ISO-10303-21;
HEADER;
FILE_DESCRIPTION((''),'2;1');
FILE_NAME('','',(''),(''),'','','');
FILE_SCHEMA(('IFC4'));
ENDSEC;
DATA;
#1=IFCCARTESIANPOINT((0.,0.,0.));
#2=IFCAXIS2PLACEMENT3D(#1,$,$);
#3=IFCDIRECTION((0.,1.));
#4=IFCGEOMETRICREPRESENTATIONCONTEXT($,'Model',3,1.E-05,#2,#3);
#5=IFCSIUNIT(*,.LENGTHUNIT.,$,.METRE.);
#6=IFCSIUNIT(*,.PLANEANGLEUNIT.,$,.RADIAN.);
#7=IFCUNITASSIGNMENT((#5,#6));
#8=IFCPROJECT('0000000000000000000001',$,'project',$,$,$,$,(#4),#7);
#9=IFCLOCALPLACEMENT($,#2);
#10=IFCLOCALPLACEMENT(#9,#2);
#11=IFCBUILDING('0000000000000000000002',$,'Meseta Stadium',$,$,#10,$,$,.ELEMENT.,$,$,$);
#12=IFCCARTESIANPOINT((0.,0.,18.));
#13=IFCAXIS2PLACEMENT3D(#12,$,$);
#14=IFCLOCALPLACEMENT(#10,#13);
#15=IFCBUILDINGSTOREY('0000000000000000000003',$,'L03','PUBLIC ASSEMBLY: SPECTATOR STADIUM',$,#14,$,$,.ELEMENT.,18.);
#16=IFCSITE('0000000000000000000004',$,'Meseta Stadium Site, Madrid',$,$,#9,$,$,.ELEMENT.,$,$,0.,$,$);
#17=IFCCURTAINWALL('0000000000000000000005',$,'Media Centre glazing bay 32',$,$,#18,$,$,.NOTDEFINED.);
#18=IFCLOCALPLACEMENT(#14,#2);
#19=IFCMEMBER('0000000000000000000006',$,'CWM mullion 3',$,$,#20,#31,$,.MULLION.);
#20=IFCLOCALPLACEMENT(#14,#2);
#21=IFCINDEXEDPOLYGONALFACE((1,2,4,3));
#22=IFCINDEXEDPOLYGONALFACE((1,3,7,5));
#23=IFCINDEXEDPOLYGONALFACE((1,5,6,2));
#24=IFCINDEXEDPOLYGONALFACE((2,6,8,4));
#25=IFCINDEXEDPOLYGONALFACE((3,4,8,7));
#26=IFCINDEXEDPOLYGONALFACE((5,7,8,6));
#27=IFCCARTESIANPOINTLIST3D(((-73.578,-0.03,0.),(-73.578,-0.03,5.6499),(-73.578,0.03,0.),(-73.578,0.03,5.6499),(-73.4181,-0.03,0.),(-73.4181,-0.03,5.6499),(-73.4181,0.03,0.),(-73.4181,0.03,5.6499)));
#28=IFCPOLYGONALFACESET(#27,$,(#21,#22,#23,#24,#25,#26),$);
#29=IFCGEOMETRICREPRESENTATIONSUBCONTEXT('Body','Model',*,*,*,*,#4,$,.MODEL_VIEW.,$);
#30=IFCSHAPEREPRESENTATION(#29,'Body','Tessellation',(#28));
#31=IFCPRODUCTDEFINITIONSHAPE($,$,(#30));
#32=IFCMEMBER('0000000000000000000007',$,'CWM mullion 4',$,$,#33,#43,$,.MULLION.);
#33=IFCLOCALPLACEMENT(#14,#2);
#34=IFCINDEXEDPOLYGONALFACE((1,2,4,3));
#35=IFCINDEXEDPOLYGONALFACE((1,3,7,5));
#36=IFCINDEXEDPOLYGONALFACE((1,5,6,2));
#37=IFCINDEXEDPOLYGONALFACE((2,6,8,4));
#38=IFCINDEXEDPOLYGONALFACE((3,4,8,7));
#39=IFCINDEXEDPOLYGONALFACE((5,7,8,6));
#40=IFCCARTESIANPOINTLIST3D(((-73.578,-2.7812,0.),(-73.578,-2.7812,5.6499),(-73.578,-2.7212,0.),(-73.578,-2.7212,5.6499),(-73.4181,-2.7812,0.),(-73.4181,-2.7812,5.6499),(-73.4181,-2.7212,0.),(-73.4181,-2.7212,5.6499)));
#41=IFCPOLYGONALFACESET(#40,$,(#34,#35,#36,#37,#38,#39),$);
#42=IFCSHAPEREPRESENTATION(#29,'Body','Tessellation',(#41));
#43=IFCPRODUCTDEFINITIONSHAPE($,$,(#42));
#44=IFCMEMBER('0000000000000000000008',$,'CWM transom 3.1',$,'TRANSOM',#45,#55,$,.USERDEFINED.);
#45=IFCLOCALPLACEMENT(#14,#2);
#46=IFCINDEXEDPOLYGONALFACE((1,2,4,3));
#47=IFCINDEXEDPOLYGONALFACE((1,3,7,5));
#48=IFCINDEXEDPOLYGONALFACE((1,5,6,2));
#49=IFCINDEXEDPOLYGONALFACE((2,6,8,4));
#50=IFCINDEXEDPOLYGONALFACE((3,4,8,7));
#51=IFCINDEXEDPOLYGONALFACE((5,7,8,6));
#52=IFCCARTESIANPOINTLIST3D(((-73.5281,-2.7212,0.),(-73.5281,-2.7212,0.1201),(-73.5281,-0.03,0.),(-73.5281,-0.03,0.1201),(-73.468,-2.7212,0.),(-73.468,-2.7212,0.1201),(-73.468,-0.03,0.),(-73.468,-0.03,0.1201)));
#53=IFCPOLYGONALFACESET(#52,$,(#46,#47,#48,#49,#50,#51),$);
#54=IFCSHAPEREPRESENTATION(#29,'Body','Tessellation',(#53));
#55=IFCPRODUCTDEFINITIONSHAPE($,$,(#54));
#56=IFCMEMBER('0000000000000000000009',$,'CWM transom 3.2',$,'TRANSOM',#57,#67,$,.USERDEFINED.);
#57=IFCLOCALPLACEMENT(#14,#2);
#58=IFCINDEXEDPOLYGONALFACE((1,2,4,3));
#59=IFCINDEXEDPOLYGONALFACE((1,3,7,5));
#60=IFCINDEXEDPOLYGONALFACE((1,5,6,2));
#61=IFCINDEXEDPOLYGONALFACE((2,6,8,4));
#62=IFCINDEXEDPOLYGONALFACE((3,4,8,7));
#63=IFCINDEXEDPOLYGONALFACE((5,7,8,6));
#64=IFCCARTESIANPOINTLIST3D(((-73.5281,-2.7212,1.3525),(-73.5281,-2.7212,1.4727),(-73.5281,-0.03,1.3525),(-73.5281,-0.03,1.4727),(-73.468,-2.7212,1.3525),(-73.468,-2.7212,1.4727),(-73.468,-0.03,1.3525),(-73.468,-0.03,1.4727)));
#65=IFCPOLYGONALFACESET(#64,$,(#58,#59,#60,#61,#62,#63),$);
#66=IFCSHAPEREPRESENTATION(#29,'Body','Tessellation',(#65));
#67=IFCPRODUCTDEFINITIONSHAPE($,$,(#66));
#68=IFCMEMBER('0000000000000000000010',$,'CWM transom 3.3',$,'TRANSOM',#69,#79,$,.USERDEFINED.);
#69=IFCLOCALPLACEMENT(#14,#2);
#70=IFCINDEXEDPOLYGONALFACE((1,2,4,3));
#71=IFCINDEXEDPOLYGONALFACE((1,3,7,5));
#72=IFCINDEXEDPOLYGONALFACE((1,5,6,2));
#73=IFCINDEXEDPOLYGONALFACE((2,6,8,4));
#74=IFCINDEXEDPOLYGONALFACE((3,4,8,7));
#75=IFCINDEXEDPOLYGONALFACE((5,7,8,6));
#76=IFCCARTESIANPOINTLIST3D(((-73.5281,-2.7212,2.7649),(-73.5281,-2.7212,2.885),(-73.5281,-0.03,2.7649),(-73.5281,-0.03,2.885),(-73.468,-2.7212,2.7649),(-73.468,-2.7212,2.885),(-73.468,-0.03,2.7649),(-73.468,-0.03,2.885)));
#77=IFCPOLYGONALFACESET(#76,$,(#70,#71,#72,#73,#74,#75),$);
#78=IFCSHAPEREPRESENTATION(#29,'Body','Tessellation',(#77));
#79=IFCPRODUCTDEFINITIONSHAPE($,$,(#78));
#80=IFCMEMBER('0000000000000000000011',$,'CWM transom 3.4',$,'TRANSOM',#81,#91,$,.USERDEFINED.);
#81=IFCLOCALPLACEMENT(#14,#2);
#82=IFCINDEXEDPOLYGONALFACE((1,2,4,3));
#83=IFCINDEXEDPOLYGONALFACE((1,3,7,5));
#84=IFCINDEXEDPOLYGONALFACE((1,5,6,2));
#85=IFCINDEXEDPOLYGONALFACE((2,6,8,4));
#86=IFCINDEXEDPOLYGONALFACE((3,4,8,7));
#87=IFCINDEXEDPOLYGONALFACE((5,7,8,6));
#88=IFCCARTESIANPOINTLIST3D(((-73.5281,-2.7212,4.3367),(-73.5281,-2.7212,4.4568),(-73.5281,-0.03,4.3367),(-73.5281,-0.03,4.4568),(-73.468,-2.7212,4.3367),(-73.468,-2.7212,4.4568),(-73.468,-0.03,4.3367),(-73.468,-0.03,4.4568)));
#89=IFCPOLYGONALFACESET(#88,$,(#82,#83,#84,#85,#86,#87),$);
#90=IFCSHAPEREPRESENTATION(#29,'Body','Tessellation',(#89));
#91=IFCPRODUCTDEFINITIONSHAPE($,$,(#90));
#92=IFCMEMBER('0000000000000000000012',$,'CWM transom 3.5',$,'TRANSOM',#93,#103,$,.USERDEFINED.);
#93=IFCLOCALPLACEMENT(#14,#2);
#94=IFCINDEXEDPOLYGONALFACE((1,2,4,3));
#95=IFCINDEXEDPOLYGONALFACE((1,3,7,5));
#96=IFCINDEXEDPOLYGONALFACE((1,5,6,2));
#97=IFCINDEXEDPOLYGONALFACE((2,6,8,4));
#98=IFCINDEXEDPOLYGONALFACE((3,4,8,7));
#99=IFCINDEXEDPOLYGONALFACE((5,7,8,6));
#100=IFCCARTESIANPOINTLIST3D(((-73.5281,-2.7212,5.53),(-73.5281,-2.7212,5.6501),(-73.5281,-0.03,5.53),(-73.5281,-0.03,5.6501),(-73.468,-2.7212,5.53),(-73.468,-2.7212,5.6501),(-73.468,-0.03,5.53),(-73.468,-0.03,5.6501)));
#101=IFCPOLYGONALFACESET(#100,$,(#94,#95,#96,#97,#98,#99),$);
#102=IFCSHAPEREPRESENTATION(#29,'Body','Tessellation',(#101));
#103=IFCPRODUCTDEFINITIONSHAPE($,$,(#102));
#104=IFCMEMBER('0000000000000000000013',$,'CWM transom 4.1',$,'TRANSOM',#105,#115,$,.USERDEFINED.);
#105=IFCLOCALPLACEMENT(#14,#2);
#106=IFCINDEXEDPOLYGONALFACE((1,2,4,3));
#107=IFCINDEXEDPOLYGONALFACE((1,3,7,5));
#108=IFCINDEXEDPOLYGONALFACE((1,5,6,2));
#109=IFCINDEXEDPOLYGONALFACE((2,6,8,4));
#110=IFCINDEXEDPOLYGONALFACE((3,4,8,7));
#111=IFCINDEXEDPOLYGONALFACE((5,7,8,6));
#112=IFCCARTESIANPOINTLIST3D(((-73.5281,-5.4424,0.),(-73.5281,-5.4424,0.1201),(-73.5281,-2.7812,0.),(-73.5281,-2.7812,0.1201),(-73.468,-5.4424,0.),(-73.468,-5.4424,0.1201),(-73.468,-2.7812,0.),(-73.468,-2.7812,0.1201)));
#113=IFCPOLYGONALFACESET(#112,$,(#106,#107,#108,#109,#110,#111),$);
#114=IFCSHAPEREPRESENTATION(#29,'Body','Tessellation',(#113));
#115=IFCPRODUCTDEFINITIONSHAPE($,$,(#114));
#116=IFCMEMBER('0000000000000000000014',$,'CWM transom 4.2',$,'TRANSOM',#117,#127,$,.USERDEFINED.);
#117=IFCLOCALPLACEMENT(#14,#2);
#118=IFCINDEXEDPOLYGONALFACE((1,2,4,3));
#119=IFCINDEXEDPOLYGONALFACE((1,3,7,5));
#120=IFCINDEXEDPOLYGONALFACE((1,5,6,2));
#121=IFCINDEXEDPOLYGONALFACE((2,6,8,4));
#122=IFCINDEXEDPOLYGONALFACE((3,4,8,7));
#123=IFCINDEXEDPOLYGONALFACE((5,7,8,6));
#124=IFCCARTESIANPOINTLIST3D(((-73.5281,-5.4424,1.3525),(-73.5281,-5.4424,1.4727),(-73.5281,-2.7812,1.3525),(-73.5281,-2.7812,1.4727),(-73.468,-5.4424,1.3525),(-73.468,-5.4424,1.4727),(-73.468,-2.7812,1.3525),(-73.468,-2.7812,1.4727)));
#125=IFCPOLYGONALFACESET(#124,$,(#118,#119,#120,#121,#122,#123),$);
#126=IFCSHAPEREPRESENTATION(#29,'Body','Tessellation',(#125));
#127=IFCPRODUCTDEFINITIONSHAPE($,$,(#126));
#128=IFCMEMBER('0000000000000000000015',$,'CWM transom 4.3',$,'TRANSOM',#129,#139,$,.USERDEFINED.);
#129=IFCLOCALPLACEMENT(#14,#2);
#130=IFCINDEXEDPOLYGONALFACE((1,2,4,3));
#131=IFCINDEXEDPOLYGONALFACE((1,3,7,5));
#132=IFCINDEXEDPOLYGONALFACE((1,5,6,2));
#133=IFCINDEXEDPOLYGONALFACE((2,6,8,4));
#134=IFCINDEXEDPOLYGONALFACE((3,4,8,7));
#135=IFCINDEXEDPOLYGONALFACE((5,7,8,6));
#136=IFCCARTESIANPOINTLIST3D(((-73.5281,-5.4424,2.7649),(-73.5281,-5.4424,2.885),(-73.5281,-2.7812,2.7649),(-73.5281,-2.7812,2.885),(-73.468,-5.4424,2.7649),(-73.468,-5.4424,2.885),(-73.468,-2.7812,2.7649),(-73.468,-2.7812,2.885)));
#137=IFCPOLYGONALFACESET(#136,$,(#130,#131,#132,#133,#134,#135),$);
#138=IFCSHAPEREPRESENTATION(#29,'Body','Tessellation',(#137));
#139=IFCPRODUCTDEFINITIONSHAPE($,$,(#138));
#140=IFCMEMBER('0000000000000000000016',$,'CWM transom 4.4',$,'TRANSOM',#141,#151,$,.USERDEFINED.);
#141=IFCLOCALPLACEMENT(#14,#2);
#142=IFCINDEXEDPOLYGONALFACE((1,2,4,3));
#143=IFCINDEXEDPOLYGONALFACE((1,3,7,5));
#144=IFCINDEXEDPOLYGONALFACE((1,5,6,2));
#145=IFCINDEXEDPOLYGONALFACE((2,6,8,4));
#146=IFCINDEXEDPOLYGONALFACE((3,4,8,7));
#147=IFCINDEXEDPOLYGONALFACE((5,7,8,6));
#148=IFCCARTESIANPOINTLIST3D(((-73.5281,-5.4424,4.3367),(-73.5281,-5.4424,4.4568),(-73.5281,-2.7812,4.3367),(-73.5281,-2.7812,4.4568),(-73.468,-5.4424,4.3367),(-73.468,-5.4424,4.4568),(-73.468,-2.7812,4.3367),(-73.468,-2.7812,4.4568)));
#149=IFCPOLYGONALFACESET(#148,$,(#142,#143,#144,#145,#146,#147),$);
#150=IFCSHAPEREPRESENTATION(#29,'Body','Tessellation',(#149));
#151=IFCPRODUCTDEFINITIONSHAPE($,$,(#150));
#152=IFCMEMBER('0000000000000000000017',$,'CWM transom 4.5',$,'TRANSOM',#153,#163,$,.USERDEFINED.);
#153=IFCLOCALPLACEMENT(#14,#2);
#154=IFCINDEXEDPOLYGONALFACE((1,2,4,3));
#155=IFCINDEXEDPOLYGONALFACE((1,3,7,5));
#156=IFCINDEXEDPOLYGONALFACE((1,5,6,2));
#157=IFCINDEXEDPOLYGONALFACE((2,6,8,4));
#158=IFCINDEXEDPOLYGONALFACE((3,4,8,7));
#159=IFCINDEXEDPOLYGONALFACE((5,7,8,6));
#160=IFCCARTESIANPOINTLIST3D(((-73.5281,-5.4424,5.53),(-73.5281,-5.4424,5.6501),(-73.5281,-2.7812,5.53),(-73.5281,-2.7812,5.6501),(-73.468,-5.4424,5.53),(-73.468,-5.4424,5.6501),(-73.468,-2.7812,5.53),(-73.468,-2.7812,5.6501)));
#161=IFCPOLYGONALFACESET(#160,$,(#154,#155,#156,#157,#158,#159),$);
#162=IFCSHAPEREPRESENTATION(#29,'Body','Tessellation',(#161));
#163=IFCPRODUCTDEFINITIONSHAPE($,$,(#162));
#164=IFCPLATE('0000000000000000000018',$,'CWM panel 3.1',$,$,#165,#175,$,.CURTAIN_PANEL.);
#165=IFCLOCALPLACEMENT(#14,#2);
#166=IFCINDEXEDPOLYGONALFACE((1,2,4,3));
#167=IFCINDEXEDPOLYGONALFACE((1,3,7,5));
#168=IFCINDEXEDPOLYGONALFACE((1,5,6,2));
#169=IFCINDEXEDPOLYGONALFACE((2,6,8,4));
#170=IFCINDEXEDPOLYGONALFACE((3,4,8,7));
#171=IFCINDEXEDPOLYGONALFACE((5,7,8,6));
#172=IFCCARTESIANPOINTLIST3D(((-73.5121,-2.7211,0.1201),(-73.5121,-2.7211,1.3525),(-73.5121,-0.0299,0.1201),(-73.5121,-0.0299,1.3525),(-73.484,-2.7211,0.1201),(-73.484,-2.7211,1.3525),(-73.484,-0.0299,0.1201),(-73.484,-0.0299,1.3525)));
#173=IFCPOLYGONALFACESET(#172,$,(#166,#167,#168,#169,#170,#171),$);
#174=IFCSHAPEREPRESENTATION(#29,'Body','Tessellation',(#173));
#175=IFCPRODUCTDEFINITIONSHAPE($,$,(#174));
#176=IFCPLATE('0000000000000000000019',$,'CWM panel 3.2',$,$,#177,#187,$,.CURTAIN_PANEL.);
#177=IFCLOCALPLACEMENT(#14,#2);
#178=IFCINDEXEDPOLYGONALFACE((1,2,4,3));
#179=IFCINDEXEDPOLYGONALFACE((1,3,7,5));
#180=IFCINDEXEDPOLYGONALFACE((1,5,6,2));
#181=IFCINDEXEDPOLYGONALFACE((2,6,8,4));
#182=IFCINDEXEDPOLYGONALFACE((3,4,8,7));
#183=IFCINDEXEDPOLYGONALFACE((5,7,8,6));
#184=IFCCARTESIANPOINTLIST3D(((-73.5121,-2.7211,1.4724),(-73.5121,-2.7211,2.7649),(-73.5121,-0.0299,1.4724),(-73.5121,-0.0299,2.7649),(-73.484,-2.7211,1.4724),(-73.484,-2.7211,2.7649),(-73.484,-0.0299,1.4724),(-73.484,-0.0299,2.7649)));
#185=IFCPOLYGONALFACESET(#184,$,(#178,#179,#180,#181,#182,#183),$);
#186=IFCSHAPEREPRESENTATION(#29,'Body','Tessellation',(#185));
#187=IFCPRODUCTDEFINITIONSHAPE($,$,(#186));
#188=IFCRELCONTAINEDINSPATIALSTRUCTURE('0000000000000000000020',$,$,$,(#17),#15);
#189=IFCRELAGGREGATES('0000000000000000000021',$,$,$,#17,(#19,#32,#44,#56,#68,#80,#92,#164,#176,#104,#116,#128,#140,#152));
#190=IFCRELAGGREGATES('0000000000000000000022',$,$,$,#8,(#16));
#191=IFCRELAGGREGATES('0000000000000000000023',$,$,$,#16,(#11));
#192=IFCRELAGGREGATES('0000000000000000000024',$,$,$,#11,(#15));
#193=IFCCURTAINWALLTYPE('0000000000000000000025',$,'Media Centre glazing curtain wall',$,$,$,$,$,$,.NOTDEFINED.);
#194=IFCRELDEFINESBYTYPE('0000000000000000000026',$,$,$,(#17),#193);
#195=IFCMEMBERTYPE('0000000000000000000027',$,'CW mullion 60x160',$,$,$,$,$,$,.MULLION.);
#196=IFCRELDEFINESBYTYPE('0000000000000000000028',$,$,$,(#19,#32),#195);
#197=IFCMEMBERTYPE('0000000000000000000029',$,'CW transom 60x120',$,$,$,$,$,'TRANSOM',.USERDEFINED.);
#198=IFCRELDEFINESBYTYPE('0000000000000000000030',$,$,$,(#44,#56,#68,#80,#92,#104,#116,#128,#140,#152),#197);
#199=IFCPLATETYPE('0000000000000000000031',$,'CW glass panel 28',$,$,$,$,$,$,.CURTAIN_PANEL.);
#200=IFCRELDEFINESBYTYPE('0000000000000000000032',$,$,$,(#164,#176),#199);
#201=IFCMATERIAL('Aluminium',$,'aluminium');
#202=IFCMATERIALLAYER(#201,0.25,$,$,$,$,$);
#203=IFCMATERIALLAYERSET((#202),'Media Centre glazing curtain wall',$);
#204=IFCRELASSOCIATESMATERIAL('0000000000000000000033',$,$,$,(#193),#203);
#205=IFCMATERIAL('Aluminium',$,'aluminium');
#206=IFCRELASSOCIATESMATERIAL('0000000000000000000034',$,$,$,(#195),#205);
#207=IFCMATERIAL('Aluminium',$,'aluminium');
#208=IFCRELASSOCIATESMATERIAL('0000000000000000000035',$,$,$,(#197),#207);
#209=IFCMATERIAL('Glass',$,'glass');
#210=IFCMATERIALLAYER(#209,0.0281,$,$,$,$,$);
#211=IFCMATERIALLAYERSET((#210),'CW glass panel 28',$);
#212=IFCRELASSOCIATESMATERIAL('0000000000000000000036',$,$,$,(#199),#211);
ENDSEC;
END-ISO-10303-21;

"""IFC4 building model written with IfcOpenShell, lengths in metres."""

from ifc_helpers import new_model, si_unit, direction, frame, origin, origin_2d, place, context, subcontext, project, spatial, rectangle, extrude, material, layer, layer_set, material_profile, profile_set, type_object, element, aggregate, save


model = new_model("IFC4")

# Units and contexts
model_context = context("Model", 3, precision=1e-05, world=origin(), true_north=direction((0.0, 1.0)))
body_context = subcontext(model_context, "Body", "Model", "MODEL_VIEW")
ifc_project = project(units=[si_unit("LENGTHUNIT", "METRE"), si_unit("PLANEANGLEUNIT", "RADIAN")], contexts=[model_context])

# Site, building, storey
site_placement = place(None, origin())
site = spatial("IfcSite", under=ifc_project, at=site_placement, Name="Meseta Stadium Site, Madrid", CompositionType="ELEMENT", RefElevation=0.0)
building_placement = place(site_placement, origin())
building = spatial("IfcBuilding", under=site, at=building_placement, Name="Meseta Stadium", CompositionType="ELEMENT")
storey_placement = place(building_placement, frame((0.0, 0.0, 18.0)))
storey = spatial("IfcBuildingStorey", under=building, at=storey_placement, Name="L03", Description="PUBLIC ASSEMBLY: SPECTATOR STADIUM", CompositionType="ELEMENT", Elevation=18.0)

# Curtain wall, members, plates
ifc_material_1 = material(Name="Aluminium", Category="aluminium")
ifc_layer_1 = layer(ifc_material_1, 0.25)
ifc_layer_set_1 = layer_set([ifc_layer_1], Name="Media Centre glazing curtain wall")
curtain_wall_type = type_object("IfcCurtainWallType", Name="Media Centre glazing curtain wall", PredefinedType="NOTDEFINED", material=ifc_layer_set_1)
curtain_wall_placement = place(storey_placement, origin())
curtain_wall = element("IfcCurtainWall", 1, at=curtain_wall_placement, inside=storey, type_object=curtain_wall_type, Name="Media Centre glazing bay 32", PredefinedType="NOTDEFINED")
ifc_material_2 = material(Name="Aluminium", Category="aluminium")
ifc_material_profile_1 = material_profile(ifc_material_2, rectangle(XDim=0.1599, YDim=0.0601, at=origin_2d()), Name="CW 160x60")
ifc_profile_set_1 = profile_set([ifc_material_profile_1], Name="Aluminium")
member_type_1 = type_object("IfcMemberType", Name="CW mullion 60x160", PredefinedType="MULLION", material=ifc_profile_set_1)
member_1_placement = place(storey_placement, frame((-73.498, 0.0, 0.0), z_axis=(0.0, 0.0, 1.0), x_axis=(1.0, 0.0, 0.0)))
member_1 = element("IfcMember", 2, at=member_1_placement, type_object=member_type_1, Name="CWM mullion 3", PredefinedType="MULLION", context=body_context, shape_type="SweptSolid", body=[
    extrude(rectangle(XDim=0.1599, YDim=0.0601, at=origin_2d()), origin(), (0.0, 0.0, 1.0), 5.6499),
])
member_2_placement = place(storey_placement, frame((-73.498, -2.7512, 0.0), z_axis=(0.0, 0.0, 1.0), x_axis=(1.0, 0.0, 0.0)))
member_2 = element("IfcMember", 3, at=member_2_placement, type_object=member_type_1, Name="CWM mullion 4", PredefinedType="MULLION", context=body_context, shape_type="SweptSolid", body=[
    extrude(rectangle(XDim=0.1599, YDim=0.0601, at=origin_2d()), origin(), (0.0, 0.0, 1.0), 5.6499),
])
ifc_material_3 = material(Name="Aluminium", Category="aluminium")
ifc_material_profile_2 = material_profile(ifc_material_3, rectangle(XDim=0.0601, YDim=0.1201, at=origin_2d()), Name="CW 60x120")
ifc_profile_set_2 = profile_set([ifc_material_profile_2], Name="Aluminium")
member_type_2 = type_object("IfcMemberType", Name="CW transom 60x120", ElementType="TRANSOM", PredefinedType="USERDEFINED", material=ifc_profile_set_2)
member_3_placement = place(storey_placement, frame((-73.498, -0.03, 0.0601), z_axis=(0.0, -1.0, 0.0), x_axis=(1.0, 0.0, 0.0)))
member_3 = element("IfcMember", 4, at=member_3_placement, type_object=member_type_2, Name="CWM transom 3.1", ObjectType="TRANSOM", PredefinedType="USERDEFINED", context=body_context, shape_type="SweptSolid", body=[
    extrude(rectangle(XDim=0.0601, YDim=0.1201, at=origin_2d()), origin(), (0.0, 0.0, 1.0), 2.6912),
])
member_4_placement = place(storey_placement, frame((-73.498, -0.03, 1.4126), z_axis=(0.0, -1.0, 0.0), x_axis=(1.0, 0.0, 0.0)))
member_4 = element("IfcMember", 5, at=member_4_placement, type_object=member_type_2, Name="CWM transom 3.2", ObjectType="TRANSOM", PredefinedType="USERDEFINED", context=body_context, shape_type="SweptSolid", body=[
    extrude(rectangle(XDim=0.0601, YDim=0.1201, at=origin_2d()), origin(), (0.0, 0.0, 1.0), 2.6912),
])
member_5_placement = place(storey_placement, frame((-73.498, -0.03, 2.825), z_axis=(0.0, -1.0, 0.0), x_axis=(1.0, 0.0, 0.0)))
member_5 = element("IfcMember", 6, at=member_5_placement, type_object=member_type_2, Name="CWM transom 3.3", ObjectType="TRANSOM", PredefinedType="USERDEFINED", context=body_context, shape_type="SweptSolid", body=[
    extrude(rectangle(XDim=0.0601, YDim=0.1201, at=origin_2d()), origin(), (0.0, 0.0, 1.0), 2.6912),
])
member_6_placement = place(storey_placement, frame((-73.498, -0.03, 4.3967), z_axis=(0.0, -1.0, 0.0), x_axis=(1.0, 0.0, 0.0)))
member_6 = element("IfcMember", 7, at=member_6_placement, type_object=member_type_2, Name="CWM transom 3.4", ObjectType="TRANSOM", PredefinedType="USERDEFINED", context=body_context, shape_type="SweptSolid", body=[
    extrude(rectangle(XDim=0.0601, YDim=0.1201, at=origin_2d()), origin(), (0.0, 0.0, 1.0), 2.6912),
])
member_7_placement = place(storey_placement, frame((-73.498, -0.03, 5.5901), z_axis=(0.0, -1.0, 0.0), x_axis=(1.0, 0.0, 0.0)))
member_7 = element("IfcMember", 8, at=member_7_placement, type_object=member_type_2, Name="CWM transom 3.5", ObjectType="TRANSOM", PredefinedType="USERDEFINED", context=body_context, shape_type="SweptSolid", body=[
    extrude(rectangle(XDim=0.0601, YDim=0.1201, at=origin_2d()), origin(), (0.0, 0.0, 1.0), 2.6912),
])
member_8_placement = place(storey_placement, frame((-73.498, -2.7812, 0.0601), z_axis=(0.0, -1.0, 0.0), x_axis=(1.0, 0.0, 0.0)))
member_8 = element("IfcMember", 9, at=member_8_placement, type_object=member_type_2, Name="CWM transom 4.1", ObjectType="TRANSOM", PredefinedType="USERDEFINED", context=body_context, shape_type="SweptSolid", body=[
    extrude(rectangle(XDim=0.0601, YDim=0.1201, at=origin_2d()), origin(), (0.0, 0.0, 1.0), 2.6611),
])
member_9_placement = place(storey_placement, frame((-73.498, -2.7812, 1.4126), z_axis=(0.0, -1.0, 0.0), x_axis=(1.0, 0.0, 0.0)))
member_9 = element("IfcMember", 10, at=member_9_placement, type_object=member_type_2, Name="CWM transom 4.2", ObjectType="TRANSOM", PredefinedType="USERDEFINED", context=body_context, shape_type="SweptSolid", body=[
    extrude(rectangle(XDim=0.0601, YDim=0.1201, at=origin_2d()), origin(), (0.0, 0.0, 1.0), 2.6611),
])
member_10_placement = place(storey_placement, frame((-73.498, -2.7812, 2.825), z_axis=(0.0, -1.0, 0.0), x_axis=(1.0, 0.0, 0.0)))
member_10 = element("IfcMember", 11, at=member_10_placement, type_object=member_type_2, Name="CWM transom 4.3", ObjectType="TRANSOM", PredefinedType="USERDEFINED", context=body_context, shape_type="SweptSolid", body=[
    extrude(rectangle(XDim=0.0601, YDim=0.1201, at=origin_2d()), origin(), (0.0, 0.0, 1.0), 2.6611),
])
member_11_placement = place(storey_placement, frame((-73.498, -2.7812, 4.3967), z_axis=(0.0, -1.0, 0.0), x_axis=(1.0, 0.0, 0.0)))
member_11 = element("IfcMember", 12, at=member_11_placement, type_object=member_type_2, Name="CWM transom 4.4", ObjectType="TRANSOM", PredefinedType="USERDEFINED", context=body_context, shape_type="SweptSolid", body=[
    extrude(rectangle(XDim=0.0601, YDim=0.1201, at=origin_2d()), origin(), (0.0, 0.0, 1.0), 2.6611),
])
member_12_placement = place(storey_placement, frame((-73.498, -2.7812, 5.5901), z_axis=(0.0, -1.0, 0.0), x_axis=(1.0, 0.0, 0.0)))
member_12 = element("IfcMember", 13, at=member_12_placement, type_object=member_type_2, Name="CWM transom 4.5", ObjectType="TRANSOM", PredefinedType="USERDEFINED", context=body_context, shape_type="SweptSolid", body=[
    extrude(rectangle(XDim=0.0601, YDim=0.1201, at=origin_2d()), origin(), (0.0, 0.0, 1.0), 2.6611),
])
ifc_material_4 = material(Name="Glass", Category="glass")
ifc_layer_2 = layer(ifc_material_4, 0.0281)
ifc_layer_set_2 = layer_set([ifc_layer_2], Name="CW glass panel 28")
plate_type = type_object("IfcPlateType", Name="CW glass panel 28", PredefinedType="CURTAIN_PANEL", material=ifc_layer_set_2)
plate_1_placement = place(storey_placement, frame((-73.498, -1.3755, 0.1201), z_axis=(0.0, 0.0, 1.0), x_axis=(0.0, -1.0, 0.0)))
plate_1 = element("IfcPlate", 14, at=plate_1_placement, type_object=plate_type, Name="CWM panel 3.1", PredefinedType="CURTAIN_PANEL", context=body_context, shape_type="SweptSolid", body=[
    extrude(rectangle(XDim=2.6912, YDim=0.0281, at=origin_2d()), origin(), (0.0, 0.0, 1.0), 1.2324),
])
plate_2_placement = place(storey_placement, frame((-73.498, -1.3755, 1.4724), z_axis=(0.0, 0.0, 1.0), x_axis=(0.0, -1.0, 0.0)))
plate_2 = element("IfcPlate", 15, at=plate_2_placement, type_object=plate_type, Name="CWM panel 3.2", PredefinedType="CURTAIN_PANEL", context=body_context, shape_type="SweptSolid", body=[
    extrude(rectangle(XDim=2.6912, YDim=0.0281, at=origin_2d()), origin(), (0.0, 0.0, 1.0), 1.2925),
])
aggregate(curtain_wall, [member_1, member_2, member_3, member_4, member_5, member_6, member_7, plate_1, plate_2, member_8, member_9, member_10, member_11, member_12])

save(model, "model.ifc")
